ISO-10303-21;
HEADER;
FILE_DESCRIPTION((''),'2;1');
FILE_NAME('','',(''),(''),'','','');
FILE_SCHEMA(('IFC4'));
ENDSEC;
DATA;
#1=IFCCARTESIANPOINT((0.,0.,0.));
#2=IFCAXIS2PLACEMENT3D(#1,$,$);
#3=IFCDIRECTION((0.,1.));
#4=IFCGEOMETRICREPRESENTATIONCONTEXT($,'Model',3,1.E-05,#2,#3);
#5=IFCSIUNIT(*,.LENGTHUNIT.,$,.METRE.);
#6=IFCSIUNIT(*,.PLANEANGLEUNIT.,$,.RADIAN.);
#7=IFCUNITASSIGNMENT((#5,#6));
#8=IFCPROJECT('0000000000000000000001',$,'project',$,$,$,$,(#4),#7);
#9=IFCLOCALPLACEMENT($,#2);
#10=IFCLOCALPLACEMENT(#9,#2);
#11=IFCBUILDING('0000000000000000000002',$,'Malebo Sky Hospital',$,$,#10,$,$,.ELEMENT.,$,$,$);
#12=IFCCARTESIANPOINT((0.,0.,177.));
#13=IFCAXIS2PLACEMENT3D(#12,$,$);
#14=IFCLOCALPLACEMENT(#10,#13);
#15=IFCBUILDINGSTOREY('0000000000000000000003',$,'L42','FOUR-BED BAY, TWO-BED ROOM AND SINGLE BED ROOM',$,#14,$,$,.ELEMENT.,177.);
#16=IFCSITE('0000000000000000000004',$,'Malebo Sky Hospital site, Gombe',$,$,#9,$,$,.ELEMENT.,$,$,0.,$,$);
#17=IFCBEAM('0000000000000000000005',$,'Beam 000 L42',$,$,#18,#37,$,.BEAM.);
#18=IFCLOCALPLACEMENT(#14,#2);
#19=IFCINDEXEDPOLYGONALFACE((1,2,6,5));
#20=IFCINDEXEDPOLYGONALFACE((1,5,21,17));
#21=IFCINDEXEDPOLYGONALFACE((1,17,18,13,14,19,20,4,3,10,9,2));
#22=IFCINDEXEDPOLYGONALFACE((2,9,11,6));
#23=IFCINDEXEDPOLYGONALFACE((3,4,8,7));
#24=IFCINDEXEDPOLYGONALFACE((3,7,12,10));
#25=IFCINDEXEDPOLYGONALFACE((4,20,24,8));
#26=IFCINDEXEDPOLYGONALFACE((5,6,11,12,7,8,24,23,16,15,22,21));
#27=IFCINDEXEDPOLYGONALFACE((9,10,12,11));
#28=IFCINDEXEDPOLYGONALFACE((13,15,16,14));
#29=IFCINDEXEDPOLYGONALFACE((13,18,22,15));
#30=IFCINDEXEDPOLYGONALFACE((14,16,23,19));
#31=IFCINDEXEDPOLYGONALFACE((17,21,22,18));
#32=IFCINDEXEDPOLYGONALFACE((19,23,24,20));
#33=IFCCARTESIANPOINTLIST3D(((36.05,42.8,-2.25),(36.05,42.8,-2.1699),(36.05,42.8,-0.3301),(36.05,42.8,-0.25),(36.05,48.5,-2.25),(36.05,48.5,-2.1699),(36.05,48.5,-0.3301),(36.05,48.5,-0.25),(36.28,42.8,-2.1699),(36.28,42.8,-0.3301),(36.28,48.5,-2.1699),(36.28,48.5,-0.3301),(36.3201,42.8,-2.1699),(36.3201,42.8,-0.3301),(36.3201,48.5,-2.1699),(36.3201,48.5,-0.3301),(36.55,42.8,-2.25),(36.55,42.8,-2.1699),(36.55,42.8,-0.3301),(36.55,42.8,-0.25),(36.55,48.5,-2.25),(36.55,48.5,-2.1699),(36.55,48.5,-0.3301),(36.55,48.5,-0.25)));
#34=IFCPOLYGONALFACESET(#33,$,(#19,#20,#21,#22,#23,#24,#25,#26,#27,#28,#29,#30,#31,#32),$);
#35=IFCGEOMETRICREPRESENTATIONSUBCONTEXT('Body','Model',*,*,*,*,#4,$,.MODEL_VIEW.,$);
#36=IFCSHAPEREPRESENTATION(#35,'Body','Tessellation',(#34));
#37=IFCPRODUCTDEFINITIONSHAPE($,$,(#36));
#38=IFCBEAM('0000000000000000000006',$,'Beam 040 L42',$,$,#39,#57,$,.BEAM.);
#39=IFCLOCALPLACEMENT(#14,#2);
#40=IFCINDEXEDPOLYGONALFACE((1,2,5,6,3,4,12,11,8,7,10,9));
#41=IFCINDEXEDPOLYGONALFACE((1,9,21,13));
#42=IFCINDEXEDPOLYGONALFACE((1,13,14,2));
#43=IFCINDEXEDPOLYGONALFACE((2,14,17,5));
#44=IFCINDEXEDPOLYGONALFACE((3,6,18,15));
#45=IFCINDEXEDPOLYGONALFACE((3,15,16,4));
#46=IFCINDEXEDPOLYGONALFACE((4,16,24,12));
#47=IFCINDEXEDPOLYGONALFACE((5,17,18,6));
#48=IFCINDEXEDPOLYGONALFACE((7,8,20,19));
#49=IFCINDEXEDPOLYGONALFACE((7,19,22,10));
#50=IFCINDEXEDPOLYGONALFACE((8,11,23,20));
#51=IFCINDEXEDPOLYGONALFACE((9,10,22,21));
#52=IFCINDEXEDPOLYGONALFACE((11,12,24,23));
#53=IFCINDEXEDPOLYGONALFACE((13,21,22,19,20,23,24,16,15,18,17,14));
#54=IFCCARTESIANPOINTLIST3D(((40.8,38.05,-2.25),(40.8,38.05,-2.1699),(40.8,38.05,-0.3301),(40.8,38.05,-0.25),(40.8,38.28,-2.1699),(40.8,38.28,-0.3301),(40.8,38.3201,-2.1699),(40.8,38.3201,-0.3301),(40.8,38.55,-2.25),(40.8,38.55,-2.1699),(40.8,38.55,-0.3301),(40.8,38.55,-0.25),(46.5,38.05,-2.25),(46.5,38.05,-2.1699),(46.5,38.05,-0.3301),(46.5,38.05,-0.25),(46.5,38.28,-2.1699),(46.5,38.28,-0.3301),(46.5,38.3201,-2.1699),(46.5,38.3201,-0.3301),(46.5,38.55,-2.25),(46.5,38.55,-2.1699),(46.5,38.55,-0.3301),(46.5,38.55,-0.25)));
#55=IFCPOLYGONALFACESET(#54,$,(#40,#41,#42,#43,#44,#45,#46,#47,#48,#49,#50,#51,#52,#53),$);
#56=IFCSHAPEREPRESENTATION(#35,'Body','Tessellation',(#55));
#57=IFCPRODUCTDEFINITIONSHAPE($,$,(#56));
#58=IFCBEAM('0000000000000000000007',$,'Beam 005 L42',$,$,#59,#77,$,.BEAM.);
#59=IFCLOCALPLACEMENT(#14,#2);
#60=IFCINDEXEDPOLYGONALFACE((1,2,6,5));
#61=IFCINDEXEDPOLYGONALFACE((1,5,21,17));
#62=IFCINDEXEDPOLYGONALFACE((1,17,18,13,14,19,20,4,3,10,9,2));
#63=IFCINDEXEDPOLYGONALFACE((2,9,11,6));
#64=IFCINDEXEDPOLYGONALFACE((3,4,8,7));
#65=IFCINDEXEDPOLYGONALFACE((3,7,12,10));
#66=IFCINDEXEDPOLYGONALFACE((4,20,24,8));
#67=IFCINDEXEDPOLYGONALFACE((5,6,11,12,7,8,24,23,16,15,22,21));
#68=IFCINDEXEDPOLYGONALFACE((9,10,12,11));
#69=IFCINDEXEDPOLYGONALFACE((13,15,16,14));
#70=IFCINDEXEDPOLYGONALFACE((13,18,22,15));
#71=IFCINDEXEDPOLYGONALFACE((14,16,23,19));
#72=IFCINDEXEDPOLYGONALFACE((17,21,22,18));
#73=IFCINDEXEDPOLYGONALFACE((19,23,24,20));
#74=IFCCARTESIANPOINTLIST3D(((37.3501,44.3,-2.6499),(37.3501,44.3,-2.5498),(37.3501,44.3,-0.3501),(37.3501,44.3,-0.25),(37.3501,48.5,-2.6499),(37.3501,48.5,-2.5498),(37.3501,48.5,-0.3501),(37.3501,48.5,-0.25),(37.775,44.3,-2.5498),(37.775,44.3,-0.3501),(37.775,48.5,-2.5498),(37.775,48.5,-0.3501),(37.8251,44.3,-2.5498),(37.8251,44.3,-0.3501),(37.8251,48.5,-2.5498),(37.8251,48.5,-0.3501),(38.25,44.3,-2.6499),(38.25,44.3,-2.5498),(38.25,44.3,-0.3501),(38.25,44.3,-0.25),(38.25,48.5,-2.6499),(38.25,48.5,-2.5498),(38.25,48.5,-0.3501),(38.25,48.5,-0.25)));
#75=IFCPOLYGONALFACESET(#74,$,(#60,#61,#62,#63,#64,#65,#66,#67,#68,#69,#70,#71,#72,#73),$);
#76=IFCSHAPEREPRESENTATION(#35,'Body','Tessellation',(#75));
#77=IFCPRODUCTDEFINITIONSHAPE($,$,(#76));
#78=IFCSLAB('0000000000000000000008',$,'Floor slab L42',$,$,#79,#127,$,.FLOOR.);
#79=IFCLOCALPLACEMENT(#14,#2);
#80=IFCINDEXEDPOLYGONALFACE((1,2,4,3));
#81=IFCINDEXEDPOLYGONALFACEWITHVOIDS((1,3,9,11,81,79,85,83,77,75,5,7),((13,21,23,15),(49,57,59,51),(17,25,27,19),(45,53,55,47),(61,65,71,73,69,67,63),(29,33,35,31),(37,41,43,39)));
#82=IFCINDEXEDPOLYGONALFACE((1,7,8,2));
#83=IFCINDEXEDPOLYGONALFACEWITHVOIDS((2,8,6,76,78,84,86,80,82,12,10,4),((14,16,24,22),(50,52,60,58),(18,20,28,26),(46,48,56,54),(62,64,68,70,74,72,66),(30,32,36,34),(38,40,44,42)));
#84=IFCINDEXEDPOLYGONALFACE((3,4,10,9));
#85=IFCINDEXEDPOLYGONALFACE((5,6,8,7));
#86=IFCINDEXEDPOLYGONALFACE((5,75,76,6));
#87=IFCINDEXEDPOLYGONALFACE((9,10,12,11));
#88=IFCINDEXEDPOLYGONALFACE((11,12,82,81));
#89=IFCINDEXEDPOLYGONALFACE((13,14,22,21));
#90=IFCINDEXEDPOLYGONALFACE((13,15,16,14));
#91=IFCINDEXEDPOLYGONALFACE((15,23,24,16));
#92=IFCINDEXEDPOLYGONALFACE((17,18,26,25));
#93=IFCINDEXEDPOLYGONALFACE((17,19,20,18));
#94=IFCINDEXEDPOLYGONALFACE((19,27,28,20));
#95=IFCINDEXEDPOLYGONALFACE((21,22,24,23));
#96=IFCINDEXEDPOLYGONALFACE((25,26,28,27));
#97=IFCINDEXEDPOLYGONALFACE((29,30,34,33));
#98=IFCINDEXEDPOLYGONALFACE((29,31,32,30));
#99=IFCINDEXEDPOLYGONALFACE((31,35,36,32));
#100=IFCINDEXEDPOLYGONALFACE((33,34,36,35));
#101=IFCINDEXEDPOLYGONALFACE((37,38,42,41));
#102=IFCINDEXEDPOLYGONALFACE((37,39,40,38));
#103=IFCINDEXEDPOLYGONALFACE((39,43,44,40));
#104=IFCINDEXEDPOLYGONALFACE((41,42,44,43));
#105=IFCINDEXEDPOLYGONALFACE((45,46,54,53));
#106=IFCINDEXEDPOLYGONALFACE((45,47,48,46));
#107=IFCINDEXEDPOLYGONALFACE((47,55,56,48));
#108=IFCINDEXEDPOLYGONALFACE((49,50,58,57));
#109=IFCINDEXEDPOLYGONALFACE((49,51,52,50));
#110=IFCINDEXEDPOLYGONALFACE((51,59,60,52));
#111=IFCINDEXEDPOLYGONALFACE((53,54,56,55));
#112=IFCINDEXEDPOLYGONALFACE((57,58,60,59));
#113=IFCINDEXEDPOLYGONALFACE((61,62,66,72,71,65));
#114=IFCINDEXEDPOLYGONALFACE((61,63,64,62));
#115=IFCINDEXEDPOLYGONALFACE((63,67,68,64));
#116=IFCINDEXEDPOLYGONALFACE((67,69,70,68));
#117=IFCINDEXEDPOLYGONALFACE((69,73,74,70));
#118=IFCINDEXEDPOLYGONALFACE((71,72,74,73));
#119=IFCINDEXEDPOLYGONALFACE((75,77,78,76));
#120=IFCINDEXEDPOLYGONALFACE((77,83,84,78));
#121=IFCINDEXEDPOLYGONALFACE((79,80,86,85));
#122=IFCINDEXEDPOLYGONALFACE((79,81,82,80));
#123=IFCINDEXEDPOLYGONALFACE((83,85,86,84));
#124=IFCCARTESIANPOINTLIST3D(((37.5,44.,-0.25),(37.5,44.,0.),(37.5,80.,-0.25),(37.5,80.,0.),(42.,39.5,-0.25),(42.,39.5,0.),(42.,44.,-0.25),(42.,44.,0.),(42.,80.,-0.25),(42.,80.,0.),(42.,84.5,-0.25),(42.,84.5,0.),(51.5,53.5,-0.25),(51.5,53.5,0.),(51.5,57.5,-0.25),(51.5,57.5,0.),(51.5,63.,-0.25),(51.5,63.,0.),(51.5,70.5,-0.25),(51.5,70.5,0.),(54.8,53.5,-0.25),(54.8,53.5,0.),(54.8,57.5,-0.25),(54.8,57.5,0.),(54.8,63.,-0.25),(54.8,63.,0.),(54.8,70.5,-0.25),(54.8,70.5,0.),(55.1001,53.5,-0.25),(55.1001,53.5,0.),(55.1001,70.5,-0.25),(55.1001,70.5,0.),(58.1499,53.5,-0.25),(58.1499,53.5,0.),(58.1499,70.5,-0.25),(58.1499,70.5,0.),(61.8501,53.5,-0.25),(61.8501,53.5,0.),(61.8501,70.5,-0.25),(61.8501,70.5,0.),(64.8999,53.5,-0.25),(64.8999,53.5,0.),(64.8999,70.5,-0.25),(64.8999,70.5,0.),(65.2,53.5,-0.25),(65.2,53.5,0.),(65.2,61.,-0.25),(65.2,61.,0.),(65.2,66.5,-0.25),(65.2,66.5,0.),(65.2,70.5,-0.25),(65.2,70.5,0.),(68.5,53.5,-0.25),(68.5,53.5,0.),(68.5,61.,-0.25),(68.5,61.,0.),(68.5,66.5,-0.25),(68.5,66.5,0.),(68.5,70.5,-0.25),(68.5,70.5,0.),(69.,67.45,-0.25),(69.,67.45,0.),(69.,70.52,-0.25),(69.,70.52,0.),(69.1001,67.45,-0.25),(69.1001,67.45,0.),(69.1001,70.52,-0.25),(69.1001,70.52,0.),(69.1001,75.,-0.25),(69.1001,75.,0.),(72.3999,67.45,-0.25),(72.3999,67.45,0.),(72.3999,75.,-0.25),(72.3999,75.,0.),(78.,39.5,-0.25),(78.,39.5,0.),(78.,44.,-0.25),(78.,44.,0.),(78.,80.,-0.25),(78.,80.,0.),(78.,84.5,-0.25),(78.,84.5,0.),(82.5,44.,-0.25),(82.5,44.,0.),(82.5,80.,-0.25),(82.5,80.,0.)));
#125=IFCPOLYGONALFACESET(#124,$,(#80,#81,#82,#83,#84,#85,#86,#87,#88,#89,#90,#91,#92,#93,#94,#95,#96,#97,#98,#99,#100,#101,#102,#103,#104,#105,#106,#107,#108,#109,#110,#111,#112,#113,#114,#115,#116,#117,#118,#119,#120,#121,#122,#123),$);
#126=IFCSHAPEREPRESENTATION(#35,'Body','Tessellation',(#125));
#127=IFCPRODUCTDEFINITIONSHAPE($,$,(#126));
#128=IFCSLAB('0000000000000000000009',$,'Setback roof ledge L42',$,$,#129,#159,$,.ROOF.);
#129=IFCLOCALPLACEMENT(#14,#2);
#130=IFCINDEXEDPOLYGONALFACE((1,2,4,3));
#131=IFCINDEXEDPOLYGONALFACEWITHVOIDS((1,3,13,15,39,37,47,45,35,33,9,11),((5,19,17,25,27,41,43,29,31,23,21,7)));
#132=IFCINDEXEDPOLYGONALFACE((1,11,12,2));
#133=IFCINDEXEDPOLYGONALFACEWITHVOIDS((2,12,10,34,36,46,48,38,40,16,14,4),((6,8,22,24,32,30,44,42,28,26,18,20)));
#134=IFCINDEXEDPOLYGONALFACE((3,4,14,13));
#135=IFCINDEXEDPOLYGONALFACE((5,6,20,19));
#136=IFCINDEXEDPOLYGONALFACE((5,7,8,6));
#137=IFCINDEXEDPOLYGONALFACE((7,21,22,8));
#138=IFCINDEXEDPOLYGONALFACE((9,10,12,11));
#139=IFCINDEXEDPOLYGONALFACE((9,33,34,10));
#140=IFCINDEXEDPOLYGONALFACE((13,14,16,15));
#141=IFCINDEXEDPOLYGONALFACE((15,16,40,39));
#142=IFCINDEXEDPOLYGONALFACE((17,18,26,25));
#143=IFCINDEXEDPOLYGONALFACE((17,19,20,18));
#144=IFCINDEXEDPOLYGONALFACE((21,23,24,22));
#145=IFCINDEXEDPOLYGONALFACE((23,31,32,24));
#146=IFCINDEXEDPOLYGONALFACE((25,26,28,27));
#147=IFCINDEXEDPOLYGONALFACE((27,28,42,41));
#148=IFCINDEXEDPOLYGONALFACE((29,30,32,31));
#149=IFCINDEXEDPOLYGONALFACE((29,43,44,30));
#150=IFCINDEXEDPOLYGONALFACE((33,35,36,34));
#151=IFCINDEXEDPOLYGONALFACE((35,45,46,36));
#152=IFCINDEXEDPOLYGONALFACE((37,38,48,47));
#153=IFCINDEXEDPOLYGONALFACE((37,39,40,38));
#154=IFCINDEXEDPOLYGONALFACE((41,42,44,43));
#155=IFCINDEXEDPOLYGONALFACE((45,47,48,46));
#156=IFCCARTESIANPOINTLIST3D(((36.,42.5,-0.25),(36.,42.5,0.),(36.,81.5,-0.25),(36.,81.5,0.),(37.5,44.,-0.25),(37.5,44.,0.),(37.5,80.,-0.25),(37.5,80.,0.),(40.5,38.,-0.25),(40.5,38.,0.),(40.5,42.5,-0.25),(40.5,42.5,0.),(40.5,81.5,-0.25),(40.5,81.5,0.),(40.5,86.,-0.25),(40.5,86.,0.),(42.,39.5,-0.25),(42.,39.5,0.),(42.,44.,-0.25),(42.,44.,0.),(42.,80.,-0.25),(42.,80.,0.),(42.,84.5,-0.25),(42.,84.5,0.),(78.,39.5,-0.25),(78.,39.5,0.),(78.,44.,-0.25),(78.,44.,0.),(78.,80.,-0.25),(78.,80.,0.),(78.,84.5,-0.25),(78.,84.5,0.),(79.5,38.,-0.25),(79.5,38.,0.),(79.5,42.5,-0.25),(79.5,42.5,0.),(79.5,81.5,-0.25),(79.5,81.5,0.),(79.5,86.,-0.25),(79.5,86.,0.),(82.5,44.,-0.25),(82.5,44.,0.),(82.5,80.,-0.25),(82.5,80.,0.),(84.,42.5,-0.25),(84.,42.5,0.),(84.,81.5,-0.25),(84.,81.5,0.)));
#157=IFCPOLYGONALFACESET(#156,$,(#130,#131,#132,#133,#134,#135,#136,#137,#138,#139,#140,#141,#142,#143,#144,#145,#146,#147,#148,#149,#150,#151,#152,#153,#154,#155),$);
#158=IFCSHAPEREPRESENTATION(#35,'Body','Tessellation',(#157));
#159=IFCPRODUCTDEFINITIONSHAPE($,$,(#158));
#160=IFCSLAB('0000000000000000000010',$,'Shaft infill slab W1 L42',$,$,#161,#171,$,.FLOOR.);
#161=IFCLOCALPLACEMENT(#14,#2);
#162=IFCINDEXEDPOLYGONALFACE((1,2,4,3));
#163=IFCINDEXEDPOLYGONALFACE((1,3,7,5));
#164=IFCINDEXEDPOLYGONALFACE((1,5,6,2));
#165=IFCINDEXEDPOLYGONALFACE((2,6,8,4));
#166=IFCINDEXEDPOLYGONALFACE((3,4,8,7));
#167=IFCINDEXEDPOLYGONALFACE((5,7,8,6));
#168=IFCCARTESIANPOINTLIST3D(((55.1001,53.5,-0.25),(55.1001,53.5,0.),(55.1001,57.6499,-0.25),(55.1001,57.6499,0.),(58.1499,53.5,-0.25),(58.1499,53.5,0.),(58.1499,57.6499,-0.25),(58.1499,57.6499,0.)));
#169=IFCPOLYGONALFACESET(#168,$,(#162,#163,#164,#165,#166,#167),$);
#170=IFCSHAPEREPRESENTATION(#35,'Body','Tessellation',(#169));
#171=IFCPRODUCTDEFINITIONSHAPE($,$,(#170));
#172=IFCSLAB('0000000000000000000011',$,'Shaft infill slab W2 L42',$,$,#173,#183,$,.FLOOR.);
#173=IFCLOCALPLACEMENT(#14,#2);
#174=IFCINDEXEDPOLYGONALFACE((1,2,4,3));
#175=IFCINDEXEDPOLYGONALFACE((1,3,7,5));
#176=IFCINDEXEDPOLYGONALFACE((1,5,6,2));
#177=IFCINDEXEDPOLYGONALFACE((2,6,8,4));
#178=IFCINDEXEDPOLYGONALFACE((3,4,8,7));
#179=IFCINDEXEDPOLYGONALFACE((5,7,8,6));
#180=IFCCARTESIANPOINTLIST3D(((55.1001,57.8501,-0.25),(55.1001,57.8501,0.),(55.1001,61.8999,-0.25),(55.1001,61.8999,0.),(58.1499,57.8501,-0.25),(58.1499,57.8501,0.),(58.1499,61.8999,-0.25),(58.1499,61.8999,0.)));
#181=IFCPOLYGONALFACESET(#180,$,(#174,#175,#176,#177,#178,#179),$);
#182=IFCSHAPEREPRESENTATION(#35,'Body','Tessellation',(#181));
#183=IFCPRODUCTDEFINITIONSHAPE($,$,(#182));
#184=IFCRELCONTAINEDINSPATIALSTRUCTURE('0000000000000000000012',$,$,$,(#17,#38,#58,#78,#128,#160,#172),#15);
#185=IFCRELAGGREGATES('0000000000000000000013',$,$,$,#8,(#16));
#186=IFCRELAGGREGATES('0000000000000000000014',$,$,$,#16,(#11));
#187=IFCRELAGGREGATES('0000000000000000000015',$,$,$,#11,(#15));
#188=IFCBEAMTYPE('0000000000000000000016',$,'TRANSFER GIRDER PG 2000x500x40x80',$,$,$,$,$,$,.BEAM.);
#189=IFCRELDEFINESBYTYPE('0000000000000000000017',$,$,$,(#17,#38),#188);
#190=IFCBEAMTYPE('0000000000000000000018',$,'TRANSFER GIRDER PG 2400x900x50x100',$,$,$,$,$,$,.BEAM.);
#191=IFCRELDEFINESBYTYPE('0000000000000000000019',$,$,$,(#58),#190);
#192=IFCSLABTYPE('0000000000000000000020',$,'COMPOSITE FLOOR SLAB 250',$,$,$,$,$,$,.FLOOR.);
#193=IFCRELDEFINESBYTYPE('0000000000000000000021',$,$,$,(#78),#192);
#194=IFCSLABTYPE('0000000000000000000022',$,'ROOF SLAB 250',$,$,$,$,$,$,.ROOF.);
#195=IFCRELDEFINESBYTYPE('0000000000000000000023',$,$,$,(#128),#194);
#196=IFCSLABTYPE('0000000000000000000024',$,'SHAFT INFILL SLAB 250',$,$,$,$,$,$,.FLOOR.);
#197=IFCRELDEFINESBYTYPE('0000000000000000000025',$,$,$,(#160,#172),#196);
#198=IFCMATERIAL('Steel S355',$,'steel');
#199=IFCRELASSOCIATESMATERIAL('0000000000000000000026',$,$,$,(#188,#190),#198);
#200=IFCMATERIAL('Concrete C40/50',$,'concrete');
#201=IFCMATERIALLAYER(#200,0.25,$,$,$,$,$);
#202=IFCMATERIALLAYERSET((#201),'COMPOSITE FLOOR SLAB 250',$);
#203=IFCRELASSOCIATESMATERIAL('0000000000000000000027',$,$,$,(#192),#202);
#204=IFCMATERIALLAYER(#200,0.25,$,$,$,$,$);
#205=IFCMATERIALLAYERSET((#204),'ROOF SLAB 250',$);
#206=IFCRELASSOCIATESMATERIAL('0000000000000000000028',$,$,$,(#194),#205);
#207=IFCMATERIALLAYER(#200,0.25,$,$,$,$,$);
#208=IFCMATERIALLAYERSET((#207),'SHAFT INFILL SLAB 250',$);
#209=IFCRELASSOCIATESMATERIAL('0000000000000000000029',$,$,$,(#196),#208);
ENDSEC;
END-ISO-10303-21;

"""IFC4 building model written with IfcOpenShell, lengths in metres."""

from ifc_helpers import new_model, si_unit, direction, frame, origin, origin_2d, place, context, subcontext, project, spatial, polyline, i_section, outline, extrude, material, layer, layer_set, material_profile, profile_set, type_object, element, save


model = new_model("IFC4")

# Units and contexts
model_context = context("Model", 3, precision=1e-05, world=origin(), true_north=direction((0.0, 1.0)))
body_context = subcontext(model_context, "Body", "Model", "MODEL_VIEW")
ifc_project = project(units=[si_unit("LENGTHUNIT", "METRE"), si_unit("PLANEANGLEUNIT", "RADIAN")], contexts=[model_context])

# Site, building, storey
site_placement = place(None, origin())
site = spatial("IfcSite", under=ifc_project, at=site_placement, Name="Malebo Sky Hospital site, Gombe", CompositionType="ELEMENT", RefElevation=0.0)
building_placement = place(site_placement, origin())
building = spatial("IfcBuilding", under=site, at=building_placement, Name="Malebo Sky Hospital", CompositionType="ELEMENT")
storey_placement = place(building_placement, frame((0.0, 0.0, 177.0)))
storey = spatial("IfcBuildingStorey", under=building, at=storey_placement, Name="L42", Description="FOUR-BED BAY, TWO-BED ROOM AND SINGLE BED ROOM", CompositionType="ELEMENT", Elevation=177.0)

# Beams
ifc_material_1 = material(Name="Steel S355", Category="steel")
ifc_material_profile_1 = material_profile(ifc_material_1, i_section(OverallWidth=0.5, OverallDepth=2.0, WebThickness=0.04, FlangeThickness=0.0801, at=origin_2d()), Name="PG 2000x500x40x80")
ifc_profile_set_1 = profile_set([ifc_material_profile_1], Name="Steel S355")
beam_type_1 = type_object("IfcBeamType", Name="TRANSFER GIRDER PG 2000x500x40x80", PredefinedType="BEAM", material=ifc_profile_set_1)
for number, where, z_axis, x_axis, name in (
    (1, (36.3, 42.8, -1.25), (0.0, 1.0, 0.0), (-1.0, 0.0, 0.0), "Beam 000 L42"),
    (2, (40.8, 38.3, -1.25), (1.0, 0.0, 0.0), (0.0, 1.0, 0.0), "Beam 040 L42"),
):
    element("IfcBeam", number, at=place(storey_placement, frame(where, z_axis=z_axis, x_axis=x_axis)), inside=storey, type_object=beam_type_1, Name=name, PredefinedType="BEAM", context=body_context, shape_type="SweptSolid", body=[
        extrude(i_section(OverallWidth=0.5, OverallDepth=2.0, WebThickness=0.04, FlangeThickness=0.0801, at=origin_2d()), origin(), (0.0, 0.0, 1.0), 5.7),
    ])
ifc_material_profile_2 = material_profile(ifc_material_1, i_section(OverallWidth=0.8999, OverallDepth=2.3999, WebThickness=0.05, FlangeThickness=0.1001, at=origin_2d()), Name="PG 2400x900x50x100")
ifc_profile_set_2 = profile_set([ifc_material_profile_2], Name="Steel S355")
beam_type_2 = type_object("IfcBeamType", Name="TRANSFER GIRDER PG 2400x900x50x100", PredefinedType="BEAM", material=ifc_profile_set_2)
beam_placement = place(storey_placement, frame((37.8, 44.3, -1.45), z_axis=(0.0, 1.0, 0.0), x_axis=(-1.0, 0.0, 0.0)))
element("IfcBeam", 3, at=beam_placement, inside=storey, type_object=beam_type_2, Name="Beam 005 L42", PredefinedType="BEAM", context=body_context, shape_type="SweptSolid", body=[
    extrude(i_section(OverallWidth=0.8999, OverallDepth=2.3999, WebThickness=0.05, FlangeThickness=0.1001, at=origin_2d()), origin(), (0.0, 0.0, 1.0), 4.2),
])

# Slabs
ifc_material_2 = material(Name="Concrete C40/50", Category="concrete")
ifc_layer_1 = layer(ifc_material_2, 0.25)
ifc_layer_set_1 = layer_set([ifc_layer_1], Name="COMPOSITE FLOOR SLAB 250")
slab_type_1 = type_object("IfcSlabType", Name="COMPOSITE FLOOR SLAB 250", PredefinedType="FLOOR", material=ifc_layer_set_1)
slab_1_placement = place(storey_placement, frame((0.0, 0.0, -0.25)))
element("IfcSlab", 4, at=slab_1_placement, inside=storey, type_object=slab_type_1, Name="Floor slab L42", PredefinedType="FLOOR", context=body_context, shape_type="SweptSolid", body=[
    extrude(outline(polyline([(42.0, 84.5), (42.0, 80.0), (37.5, 80.0), (37.5, 44.0), (42.0, 44.0), (42.0, 39.5), (78.0, 39.5), (78.0, 44.0), (82.5, 44.0), (82.5, 80.0), (78.0, 80.0), (78.0, 84.5), (42.0, 84.5)]), holes=[polyline([(55.1001, 70.5), (58.1499, 70.5), (58.1499, 53.5), (55.1001, 53.5), (55.1001, 70.5)]), polyline([(64.8999, 70.5), (64.8999, 53.5), (61.8501, 53.5), (61.8501, 70.5), (64.8999, 70.5)]), polyline([(54.8, 63.0), (51.5, 63.0), (51.5, 70.5), (54.8, 70.5), (54.8, 63.0)]), polyline([(51.5, 53.5), (51.5, 57.5), (54.8, 57.5), (54.8, 53.5), (51.5, 53.5)]), polyline([(65.2, 61.0), (68.5, 61.0), (68.5, 53.5), (65.2, 53.5), (65.2, 61.0)]), polyline([(68.5, 70.5), (68.5, 66.5), (65.2, 66.5), (65.2, 70.5), (68.5, 70.5)]), polyline([(69.0, 67.45), (69.0, 70.52), (69.1001, 70.52), (69.1001, 75.0), (72.3999, 75.0), (72.3999, 67.45), (69.1001, 67.45), (69.0, 67.45)])]), origin(), (0.0, 0.0, 1.0), 0.25),
])
ifc_layer_2 = layer(ifc_material_2, 0.25)
ifc_layer_set_2 = layer_set([ifc_layer_2], Name="ROOF SLAB 250")
slab_type_2 = type_object("IfcSlabType", Name="ROOF SLAB 250", PredefinedType="ROOF", material=ifc_layer_set_2)
slab_2_placement = place(storey_placement, frame((0.0, 0.0, -0.25)))
element("IfcSlab", 5, at=slab_2_placement, inside=storey, type_object=slab_type_2, Name="Setback roof ledge L42", PredefinedType="ROOF", context=body_context, shape_type="SweptSolid", body=[
    extrude(outline(polyline([(79.5, 38.0), (79.5, 42.5), (84.0, 42.5), (84.0, 81.5), (79.5, 81.5), (79.5, 86.0), (40.5, 86.0), (40.5, 81.5), (36.0, 81.5), (36.0, 42.5), (40.5, 42.5), (40.5, 38.0), (79.5, 38.0)]), holes=[polyline([(78.0, 39.5), (42.0, 39.5), (42.0, 44.0), (37.5, 44.0), (37.5, 80.0), (42.0, 80.0), (42.0, 84.5), (78.0, 84.5), (78.0, 80.0), (82.5, 80.0), (82.5, 44.0), (78.0, 44.0), (78.0, 39.5)])]), origin(), (0.0, 0.0, 1.0), 0.25),
])
ifc_layer_3 = layer(ifc_material_2, 0.25)
ifc_layer_set_3 = layer_set([ifc_layer_3], Name="SHAFT INFILL SLAB 250")
slab_type_3 = type_object("IfcSlabType", Name="SHAFT INFILL SLAB 250", PredefinedType="FLOOR", material=ifc_layer_set_3)
slab_3_placement = place(storey_placement, frame((0.0, 0.0, -0.25)))
element("IfcSlab", 6, at=slab_3_placement, inside=storey, type_object=slab_type_3, Name="Shaft infill slab W1 L42", PredefinedType="FLOOR", context=body_context, shape_type="SweptSolid", body=[
    extrude(outline(polyline([(55.1001, 53.5), (58.1499, 53.5), (58.1499, 57.6499), (55.1001, 57.6499), (55.1001, 53.5)])), origin(), (0.0, 0.0, 1.0), 0.25),
])
slab_4_placement = place(storey_placement, frame((0.0, 0.0, -0.25)))
element("IfcSlab", 7, at=slab_4_placement, inside=storey, type_object=slab_type_3, Name="Shaft infill slab W2 L42", PredefinedType="FLOOR", context=body_context, shape_type="SweptSolid", body=[
    extrude(outline(polyline([(55.1001, 57.8501), (58.1499, 57.8501), (58.1499, 61.8999), (55.1001, 61.8999), (55.1001, 57.8501)])), origin(), (0.0, 0.0, 1.0), 0.25),
])

save(model, "model.ifc")
